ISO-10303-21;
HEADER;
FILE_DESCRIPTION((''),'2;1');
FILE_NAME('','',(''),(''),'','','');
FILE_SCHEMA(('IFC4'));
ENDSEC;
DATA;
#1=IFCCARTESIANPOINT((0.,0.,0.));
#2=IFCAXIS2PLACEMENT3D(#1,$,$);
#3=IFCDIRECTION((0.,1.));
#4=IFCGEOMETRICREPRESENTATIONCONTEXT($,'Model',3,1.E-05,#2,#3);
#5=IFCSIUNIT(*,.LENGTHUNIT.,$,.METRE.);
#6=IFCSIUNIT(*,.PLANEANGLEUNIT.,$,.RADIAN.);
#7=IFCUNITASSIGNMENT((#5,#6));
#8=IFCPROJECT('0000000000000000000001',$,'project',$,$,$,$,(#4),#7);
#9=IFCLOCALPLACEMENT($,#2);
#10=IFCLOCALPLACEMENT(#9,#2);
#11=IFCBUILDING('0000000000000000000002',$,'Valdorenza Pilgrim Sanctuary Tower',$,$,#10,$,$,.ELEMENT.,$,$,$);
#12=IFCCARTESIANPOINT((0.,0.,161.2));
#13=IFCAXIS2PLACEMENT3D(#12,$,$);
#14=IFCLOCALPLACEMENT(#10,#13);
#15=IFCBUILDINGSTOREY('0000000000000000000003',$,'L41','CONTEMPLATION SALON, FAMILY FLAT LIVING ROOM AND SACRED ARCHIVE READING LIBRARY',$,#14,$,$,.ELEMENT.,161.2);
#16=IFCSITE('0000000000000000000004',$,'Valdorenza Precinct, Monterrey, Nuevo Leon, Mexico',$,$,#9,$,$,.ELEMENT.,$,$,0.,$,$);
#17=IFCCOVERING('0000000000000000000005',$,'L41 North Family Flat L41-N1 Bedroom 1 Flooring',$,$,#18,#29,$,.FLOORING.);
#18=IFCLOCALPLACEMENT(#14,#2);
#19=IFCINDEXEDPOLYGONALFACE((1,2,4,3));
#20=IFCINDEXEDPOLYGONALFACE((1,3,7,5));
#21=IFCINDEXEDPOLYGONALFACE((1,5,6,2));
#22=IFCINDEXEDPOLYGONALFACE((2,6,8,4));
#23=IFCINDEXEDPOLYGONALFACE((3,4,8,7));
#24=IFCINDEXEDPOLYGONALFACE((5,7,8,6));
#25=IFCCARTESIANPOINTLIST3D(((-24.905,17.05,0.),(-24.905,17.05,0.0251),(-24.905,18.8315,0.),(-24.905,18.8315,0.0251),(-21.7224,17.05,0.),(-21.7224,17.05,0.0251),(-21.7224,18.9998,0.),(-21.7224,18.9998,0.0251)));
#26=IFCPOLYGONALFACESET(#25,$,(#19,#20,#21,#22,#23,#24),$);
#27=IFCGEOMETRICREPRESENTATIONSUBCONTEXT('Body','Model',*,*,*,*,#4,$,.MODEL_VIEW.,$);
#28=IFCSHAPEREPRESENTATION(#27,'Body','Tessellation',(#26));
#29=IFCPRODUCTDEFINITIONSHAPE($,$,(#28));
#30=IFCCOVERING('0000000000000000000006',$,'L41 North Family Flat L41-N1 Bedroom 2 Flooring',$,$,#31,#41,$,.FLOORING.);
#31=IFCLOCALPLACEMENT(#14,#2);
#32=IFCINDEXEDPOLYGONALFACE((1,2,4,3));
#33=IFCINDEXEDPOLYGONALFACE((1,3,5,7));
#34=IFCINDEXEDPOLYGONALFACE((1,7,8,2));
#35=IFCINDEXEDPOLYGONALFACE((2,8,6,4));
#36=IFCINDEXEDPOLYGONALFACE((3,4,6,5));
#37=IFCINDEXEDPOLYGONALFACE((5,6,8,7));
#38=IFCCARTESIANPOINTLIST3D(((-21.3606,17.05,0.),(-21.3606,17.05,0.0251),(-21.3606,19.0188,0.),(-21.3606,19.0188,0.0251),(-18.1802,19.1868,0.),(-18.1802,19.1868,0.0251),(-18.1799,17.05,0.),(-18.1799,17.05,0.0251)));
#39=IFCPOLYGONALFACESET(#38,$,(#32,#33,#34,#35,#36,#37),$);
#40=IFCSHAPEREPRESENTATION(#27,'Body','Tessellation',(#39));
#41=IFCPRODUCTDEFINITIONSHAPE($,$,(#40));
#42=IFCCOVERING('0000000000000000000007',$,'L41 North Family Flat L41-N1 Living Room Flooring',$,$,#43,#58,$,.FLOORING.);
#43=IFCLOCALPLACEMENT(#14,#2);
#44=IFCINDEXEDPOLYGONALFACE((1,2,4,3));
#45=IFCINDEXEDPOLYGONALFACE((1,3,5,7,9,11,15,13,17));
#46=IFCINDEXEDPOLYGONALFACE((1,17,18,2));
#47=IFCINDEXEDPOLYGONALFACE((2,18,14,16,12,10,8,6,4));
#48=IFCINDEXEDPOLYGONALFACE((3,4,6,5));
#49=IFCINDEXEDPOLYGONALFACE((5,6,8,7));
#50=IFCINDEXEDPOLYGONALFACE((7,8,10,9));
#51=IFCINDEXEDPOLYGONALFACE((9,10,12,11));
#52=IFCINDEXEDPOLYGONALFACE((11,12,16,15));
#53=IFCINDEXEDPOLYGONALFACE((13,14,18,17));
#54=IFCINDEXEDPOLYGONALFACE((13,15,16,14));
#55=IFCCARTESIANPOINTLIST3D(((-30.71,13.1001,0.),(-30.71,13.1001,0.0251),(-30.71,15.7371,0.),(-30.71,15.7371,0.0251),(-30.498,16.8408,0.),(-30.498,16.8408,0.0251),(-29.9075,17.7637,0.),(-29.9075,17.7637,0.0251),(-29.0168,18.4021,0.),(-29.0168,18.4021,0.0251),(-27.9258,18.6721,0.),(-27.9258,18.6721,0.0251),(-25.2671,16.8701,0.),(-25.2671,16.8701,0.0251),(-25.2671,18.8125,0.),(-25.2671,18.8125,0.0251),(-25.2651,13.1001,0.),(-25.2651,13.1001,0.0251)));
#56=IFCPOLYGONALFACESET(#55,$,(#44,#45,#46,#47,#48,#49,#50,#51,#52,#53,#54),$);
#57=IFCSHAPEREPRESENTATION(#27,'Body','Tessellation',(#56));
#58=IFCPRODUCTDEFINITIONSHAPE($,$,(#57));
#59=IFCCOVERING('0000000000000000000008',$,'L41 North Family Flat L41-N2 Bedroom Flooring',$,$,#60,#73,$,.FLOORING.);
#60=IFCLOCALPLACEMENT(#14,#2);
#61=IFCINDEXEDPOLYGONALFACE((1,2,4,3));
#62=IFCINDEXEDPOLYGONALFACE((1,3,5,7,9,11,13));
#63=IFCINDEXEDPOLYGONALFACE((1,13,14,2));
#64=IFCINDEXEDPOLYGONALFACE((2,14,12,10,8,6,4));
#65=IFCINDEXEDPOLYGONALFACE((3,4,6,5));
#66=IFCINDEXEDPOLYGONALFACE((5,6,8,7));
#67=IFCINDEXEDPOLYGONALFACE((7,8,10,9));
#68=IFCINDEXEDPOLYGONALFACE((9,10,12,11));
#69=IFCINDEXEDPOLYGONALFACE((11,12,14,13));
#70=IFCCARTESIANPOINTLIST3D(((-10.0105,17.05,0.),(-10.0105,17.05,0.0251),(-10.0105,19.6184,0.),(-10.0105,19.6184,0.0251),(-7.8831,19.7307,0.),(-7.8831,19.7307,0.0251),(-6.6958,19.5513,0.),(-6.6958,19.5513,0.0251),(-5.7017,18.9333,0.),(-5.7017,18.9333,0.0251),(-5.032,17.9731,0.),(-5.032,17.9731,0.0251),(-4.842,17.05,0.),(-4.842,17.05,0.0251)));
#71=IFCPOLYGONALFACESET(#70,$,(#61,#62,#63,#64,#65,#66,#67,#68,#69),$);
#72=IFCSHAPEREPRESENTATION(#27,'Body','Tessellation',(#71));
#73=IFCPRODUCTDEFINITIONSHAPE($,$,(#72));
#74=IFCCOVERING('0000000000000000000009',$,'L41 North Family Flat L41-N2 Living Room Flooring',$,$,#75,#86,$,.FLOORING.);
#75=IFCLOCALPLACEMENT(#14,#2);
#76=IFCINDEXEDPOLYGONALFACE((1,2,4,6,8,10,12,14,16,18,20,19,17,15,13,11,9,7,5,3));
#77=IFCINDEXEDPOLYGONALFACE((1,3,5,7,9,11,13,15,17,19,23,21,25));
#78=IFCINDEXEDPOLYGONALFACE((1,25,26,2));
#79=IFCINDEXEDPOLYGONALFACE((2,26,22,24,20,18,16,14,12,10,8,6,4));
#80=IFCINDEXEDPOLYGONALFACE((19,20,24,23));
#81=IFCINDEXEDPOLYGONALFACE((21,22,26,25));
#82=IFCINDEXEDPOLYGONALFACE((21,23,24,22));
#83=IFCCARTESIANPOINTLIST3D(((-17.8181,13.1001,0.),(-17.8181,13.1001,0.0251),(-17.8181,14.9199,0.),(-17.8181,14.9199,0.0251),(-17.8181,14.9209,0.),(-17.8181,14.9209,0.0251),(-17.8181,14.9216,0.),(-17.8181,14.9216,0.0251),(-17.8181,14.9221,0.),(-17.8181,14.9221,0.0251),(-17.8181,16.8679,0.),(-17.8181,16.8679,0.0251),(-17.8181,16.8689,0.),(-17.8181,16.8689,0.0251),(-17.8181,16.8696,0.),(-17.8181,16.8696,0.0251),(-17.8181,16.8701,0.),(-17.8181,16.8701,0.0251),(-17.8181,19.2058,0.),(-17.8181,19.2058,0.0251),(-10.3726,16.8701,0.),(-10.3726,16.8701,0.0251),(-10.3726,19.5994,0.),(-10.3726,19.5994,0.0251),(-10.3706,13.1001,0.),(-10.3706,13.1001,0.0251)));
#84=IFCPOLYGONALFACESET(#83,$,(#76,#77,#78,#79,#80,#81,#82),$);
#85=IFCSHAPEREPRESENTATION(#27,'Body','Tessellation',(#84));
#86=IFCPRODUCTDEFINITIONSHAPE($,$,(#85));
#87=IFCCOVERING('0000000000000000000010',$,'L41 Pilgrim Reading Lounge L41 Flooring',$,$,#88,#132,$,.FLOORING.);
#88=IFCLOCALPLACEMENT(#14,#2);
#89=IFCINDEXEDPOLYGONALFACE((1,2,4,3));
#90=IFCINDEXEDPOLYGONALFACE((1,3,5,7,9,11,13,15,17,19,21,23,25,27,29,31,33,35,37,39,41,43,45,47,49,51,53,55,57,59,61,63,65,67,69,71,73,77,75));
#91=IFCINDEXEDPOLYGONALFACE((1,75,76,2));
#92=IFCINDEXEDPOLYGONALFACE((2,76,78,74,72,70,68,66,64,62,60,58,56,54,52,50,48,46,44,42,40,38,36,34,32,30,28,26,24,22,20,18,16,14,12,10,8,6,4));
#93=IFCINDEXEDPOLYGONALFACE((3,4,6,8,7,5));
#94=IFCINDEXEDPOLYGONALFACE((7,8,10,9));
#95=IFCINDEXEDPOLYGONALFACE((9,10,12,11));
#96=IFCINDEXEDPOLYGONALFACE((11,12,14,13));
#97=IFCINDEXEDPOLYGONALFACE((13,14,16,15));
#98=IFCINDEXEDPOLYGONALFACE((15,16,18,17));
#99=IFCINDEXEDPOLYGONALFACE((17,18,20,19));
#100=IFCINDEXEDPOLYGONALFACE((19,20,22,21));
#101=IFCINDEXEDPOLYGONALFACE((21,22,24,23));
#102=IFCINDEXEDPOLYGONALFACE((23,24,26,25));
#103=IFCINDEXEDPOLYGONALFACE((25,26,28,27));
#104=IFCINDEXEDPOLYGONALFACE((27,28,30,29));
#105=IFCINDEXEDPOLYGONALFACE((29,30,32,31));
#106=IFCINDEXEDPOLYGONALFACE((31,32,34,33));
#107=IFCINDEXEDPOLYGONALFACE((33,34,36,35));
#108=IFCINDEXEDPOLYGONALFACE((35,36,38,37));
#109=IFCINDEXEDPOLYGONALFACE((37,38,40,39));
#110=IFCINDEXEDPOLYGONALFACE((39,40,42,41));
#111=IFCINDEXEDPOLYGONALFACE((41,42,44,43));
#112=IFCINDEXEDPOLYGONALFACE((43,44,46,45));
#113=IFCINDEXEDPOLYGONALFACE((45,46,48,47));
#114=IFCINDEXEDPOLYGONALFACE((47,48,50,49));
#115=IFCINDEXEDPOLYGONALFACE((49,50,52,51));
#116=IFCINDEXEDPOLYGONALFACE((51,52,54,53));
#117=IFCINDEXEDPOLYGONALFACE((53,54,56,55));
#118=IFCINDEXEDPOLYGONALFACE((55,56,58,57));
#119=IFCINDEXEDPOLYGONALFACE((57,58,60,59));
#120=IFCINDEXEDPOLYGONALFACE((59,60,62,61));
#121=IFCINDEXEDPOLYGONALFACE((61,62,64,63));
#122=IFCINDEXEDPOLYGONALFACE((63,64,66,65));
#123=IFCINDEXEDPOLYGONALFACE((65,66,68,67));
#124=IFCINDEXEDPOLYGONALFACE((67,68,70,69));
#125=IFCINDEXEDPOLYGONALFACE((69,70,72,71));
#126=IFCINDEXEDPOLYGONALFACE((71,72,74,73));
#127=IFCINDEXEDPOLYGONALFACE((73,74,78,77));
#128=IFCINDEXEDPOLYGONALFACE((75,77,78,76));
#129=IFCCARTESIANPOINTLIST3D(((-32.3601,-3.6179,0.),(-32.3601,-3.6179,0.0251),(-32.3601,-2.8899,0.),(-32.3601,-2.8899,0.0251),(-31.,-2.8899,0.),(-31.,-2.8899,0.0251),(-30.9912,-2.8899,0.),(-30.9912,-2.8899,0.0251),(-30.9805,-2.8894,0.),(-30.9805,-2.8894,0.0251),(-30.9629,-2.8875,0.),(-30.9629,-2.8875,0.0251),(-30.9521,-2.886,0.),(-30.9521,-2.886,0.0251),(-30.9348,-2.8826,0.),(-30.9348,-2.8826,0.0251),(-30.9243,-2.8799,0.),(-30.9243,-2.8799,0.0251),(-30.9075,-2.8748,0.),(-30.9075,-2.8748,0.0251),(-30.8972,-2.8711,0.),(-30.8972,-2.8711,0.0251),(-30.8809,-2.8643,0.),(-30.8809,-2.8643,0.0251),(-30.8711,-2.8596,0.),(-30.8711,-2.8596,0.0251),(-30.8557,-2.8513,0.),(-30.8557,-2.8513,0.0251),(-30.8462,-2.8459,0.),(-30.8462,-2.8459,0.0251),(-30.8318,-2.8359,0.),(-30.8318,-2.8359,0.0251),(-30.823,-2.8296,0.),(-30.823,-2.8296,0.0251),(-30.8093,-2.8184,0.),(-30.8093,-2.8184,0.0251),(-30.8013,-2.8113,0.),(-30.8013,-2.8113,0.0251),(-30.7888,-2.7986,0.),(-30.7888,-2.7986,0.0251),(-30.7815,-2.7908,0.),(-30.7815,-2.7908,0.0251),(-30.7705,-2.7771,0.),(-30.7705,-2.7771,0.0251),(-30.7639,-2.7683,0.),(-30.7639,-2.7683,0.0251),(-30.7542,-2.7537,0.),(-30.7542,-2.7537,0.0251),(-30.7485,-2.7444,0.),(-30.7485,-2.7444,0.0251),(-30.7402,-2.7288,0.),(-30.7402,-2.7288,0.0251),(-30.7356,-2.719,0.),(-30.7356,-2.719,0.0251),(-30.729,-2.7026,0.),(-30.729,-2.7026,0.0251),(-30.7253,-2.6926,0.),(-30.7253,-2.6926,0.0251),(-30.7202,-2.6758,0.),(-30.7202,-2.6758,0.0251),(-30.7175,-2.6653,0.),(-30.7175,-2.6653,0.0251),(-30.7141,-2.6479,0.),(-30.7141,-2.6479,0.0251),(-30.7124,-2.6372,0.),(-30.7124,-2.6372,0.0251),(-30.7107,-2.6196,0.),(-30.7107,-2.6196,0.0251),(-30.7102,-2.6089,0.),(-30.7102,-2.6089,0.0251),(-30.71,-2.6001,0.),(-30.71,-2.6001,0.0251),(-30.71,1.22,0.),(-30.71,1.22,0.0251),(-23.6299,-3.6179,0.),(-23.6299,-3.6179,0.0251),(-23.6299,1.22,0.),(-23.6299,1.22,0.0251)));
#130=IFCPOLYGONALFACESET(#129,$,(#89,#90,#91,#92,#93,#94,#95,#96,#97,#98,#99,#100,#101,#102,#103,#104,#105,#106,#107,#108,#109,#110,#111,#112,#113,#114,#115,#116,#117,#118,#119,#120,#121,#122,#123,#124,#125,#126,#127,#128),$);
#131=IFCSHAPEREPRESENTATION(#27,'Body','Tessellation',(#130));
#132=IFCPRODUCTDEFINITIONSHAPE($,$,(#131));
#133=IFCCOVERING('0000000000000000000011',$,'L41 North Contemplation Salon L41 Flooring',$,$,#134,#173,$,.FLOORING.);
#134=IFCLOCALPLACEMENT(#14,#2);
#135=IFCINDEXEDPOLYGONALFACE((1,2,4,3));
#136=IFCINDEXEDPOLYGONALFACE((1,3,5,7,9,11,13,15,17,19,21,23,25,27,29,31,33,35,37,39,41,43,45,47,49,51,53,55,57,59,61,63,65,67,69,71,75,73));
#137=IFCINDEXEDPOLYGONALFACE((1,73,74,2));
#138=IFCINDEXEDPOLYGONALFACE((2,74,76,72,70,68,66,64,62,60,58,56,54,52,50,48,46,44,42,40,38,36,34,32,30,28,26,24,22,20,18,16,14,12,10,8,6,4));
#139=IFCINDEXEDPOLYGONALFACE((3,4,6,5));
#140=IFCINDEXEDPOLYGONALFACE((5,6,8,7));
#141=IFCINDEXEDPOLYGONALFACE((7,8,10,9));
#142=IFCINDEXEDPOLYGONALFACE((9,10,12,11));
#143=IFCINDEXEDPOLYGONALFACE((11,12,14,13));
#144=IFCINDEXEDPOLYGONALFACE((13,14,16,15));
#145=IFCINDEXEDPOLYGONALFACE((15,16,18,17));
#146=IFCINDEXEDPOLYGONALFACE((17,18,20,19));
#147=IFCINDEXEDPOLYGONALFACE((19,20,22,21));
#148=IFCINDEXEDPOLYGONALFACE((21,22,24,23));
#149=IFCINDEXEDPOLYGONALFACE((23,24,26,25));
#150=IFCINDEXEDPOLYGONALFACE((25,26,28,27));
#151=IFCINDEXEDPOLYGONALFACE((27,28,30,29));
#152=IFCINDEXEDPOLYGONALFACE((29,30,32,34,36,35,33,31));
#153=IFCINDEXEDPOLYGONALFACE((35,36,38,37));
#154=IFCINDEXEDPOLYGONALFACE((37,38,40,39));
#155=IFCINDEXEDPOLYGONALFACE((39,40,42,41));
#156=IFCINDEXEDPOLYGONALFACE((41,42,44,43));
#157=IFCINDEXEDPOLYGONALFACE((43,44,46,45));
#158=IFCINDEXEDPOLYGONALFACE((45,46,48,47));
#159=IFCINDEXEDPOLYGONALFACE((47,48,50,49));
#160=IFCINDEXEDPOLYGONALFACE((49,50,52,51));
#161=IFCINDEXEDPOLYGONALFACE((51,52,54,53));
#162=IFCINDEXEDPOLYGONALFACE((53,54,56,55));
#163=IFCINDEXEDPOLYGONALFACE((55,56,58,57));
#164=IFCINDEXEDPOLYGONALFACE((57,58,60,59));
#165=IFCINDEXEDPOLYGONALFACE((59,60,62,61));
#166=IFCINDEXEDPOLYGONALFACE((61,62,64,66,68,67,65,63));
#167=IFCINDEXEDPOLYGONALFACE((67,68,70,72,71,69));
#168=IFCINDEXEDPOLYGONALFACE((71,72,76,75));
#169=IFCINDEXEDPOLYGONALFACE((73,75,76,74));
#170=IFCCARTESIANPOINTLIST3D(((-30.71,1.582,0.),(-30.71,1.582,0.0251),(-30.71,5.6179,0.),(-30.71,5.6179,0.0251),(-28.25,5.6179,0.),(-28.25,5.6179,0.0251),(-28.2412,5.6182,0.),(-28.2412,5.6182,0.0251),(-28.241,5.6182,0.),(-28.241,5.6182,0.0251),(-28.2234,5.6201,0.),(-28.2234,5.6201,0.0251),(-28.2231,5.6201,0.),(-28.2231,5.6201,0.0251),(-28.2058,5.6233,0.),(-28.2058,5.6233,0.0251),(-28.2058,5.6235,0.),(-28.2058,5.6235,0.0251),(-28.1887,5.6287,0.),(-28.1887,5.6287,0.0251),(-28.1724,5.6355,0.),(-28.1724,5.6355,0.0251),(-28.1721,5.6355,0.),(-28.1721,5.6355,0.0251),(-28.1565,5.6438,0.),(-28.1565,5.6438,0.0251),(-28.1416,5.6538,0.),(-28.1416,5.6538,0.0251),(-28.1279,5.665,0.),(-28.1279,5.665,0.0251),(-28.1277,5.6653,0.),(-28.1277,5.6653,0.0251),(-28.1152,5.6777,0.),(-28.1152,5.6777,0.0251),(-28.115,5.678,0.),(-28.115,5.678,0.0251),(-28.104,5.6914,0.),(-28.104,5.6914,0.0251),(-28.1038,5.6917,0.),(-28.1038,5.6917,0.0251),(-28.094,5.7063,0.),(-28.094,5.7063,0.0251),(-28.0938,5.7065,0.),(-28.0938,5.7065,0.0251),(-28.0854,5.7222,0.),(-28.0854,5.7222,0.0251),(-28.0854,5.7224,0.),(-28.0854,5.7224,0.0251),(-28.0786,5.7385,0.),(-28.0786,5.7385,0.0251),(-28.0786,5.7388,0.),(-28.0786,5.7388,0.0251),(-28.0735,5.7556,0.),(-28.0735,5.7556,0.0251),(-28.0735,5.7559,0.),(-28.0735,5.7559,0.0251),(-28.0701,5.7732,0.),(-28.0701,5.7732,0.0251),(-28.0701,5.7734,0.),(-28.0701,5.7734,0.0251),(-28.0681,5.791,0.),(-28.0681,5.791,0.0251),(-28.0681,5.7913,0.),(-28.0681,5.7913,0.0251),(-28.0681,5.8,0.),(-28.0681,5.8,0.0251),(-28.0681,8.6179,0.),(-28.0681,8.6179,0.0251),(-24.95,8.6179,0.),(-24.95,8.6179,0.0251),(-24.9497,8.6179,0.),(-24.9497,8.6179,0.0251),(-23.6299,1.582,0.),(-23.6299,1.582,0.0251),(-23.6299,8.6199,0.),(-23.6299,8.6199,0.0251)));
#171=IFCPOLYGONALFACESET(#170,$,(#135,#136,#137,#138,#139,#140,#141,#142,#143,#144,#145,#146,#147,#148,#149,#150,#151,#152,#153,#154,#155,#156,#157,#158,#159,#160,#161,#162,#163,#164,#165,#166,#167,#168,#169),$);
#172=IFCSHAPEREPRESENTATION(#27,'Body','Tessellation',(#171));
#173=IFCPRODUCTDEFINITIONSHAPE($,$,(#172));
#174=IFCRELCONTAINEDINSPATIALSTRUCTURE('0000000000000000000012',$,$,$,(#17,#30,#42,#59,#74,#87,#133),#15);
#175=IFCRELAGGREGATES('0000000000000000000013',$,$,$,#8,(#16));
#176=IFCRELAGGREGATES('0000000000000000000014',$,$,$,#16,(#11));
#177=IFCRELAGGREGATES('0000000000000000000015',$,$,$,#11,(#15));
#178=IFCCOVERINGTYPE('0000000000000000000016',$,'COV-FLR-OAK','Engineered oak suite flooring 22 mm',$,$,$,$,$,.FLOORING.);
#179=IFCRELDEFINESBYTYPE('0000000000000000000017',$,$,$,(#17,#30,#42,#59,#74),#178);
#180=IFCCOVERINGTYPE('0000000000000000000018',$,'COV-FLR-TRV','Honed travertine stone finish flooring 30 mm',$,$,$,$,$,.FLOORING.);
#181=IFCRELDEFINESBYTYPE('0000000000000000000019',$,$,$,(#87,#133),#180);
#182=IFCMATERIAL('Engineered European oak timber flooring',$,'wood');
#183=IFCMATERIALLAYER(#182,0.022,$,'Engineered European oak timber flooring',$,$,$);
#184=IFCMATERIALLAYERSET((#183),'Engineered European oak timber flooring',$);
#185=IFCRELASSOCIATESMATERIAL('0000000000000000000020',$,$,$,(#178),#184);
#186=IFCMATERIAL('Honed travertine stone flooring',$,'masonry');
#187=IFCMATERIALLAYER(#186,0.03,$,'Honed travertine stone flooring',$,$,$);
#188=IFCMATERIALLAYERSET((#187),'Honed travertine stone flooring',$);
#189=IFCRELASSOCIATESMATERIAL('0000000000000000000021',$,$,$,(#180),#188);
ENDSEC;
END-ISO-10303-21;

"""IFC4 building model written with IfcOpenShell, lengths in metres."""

from ifc_helpers import new_model, si_unit, direction, frame, origin, place, context, subcontext, project, spatial, polyline, outline, extrude, material, layer, layer_set, type_object, element, save


model = new_model("IFC4")

# Units and contexts
model_context = context("Model", 3, precision=1e-05, world=origin(), true_north=direction((0.0, 1.0)))
body_context = subcontext(model_context, "Body", "Model", "MODEL_VIEW")
ifc_project = project(units=[si_unit("LENGTHUNIT", "METRE"), si_unit("PLANEANGLEUNIT", "RADIAN")], contexts=[model_context])

# Site, building, storey
site_placement = place(None, origin())
site = spatial("IfcSite", under=ifc_project, at=site_placement, Name="Valdorenza Precinct, Monterrey, Nuevo Leon, Mexico", CompositionType="ELEMENT", RefElevation=0.0)
building_placement = place(site_placement, origin())
building = spatial("IfcBuilding", under=site, at=building_placement, Name="Valdorenza Pilgrim Sanctuary Tower", CompositionType="ELEMENT")
storey_placement = place(building_placement, frame((0.0, 0.0, 161.2)))
storey = spatial("IfcBuildingStorey", under=building, at=storey_placement, Name="L41", Description="CONTEMPLATION SALON, FAMILY FLAT LIVING ROOM AND SACRED ARCHIVE READING LIBRARY", CompositionType="ELEMENT", Elevation=161.2)

# Coverings
ifc_material_1 = material(Name="Engineered European oak timber flooring", Category="wood")
ifc_layer_1 = layer(ifc_material_1, 0.022, Name="Engineered European oak timber flooring")
ifc_layer_set_1 = layer_set([ifc_layer_1], Name="Engineered European oak timber flooring")
covering_type_1 = type_object("IfcCoveringType", Name="COV-FLR-OAK", Description="Engineered oak suite flooring 22 mm", PredefinedType="FLOORING", material=ifc_layer_set_1)
covering_1_placement = place(storey_placement, origin())
element("IfcCovering", 1, at=covering_1_placement, inside=storey, type_object=covering_type_1, Name="L41 North Family Flat L41-N1 Bedroom 1 Flooring", PredefinedType="FLOORING", context=body_context, shape_type="SweptSolid", body=[
    extrude(outline(polyline([(-24.905, 17.05), (-24.905, 18.8315), (-21.7224, 18.9998), (-21.7224, 17.05), (-24.905, 17.05)])), origin(), (0.0, 0.0, 1.0), 0.0251),
])
covering_2_placement = place(storey_placement, origin())
element("IfcCovering", 2, at=covering_2_placement, inside=storey, type_object=covering_type_1, Name="L41 North Family Flat L41-N1 Bedroom 2 Flooring", PredefinedType="FLOORING", context=body_context, shape_type="SweptSolid", body=[
    extrude(outline(polyline([(-18.1799, 17.05), (-21.3606, 17.05), (-21.3606, 19.0188), (-18.1802, 19.1868), (-18.1799, 17.05)])), origin(), (0.0, 0.0, 1.0), 0.0251),
])
covering_3_placement = place(storey_placement, origin())
element("IfcCovering", 3, at=covering_3_placement, inside=storey, type_object=covering_type_1, Name="L41 North Family Flat L41-N1 Living Room Flooring", PredefinedType="FLOORING", context=body_context, shape_type="SweptSolid", body=[
    extrude(outline(polyline([(-30.71, 13.1001), (-30.71, 15.7371), (-30.498, 16.8408), (-29.9075, 17.7637), (-29.0168, 18.4021), (-27.9258, 18.6721), (-25.2671, 18.8125), (-25.2671, 16.8701), (-25.2651, 13.1001), (-30.71, 13.1001)])), origin(), (0.0, 0.0, 1.0), 0.0251),
])
covering_4_placement = place(storey_placement, origin())
element("IfcCovering", 4, at=covering_4_placement, inside=storey, type_object=covering_type_1, Name="L41 North Family Flat L41-N2 Bedroom Flooring", PredefinedType="FLOORING", context=body_context, shape_type="SweptSolid", body=[
    extrude(outline(polyline([(-10.0105, 19.6184), (-7.8831, 19.7307), (-6.6958, 19.5513), (-5.7017, 18.9333), (-5.032, 17.9731), (-4.842, 17.05), (-10.0105, 17.05), (-10.0105, 19.6184)])), origin(), (0.0, 0.0, 1.0), 0.0251),
])
covering_5_placement = place(storey_placement, origin())
element("IfcCovering", 5, at=covering_5_placement, inside=storey, type_object=covering_type_1, Name="L41 North Family Flat L41-N2 Living Room Flooring", PredefinedType="FLOORING", context=body_context, shape_type="SweptSolid", body=[
    extrude(outline(polyline([(-17.8181, 14.9216), (-17.8181, 14.9221), (-17.8181, 16.8679), (-17.8181, 16.8689), (-17.8181, 16.8696), (-17.8181, 16.8701), (-17.8181, 19.2058), (-10.3726, 19.5994), (-10.3726, 16.8701), (-10.3706, 13.1001), (-17.8181, 13.1001), (-17.8181, 14.9199), (-17.8181, 14.9209), (-17.8181, 14.9216)])), origin(), (0.0, 0.0, 1.0), 0.0251),
])
ifc_material_2 = material(Name="Honed travertine stone flooring", Category="masonry")
ifc_layer_2 = layer(ifc_material_2, 0.03, Name="Honed travertine stone flooring")
ifc_layer_set_2 = layer_set([ifc_layer_2], Name="Honed travertine stone flooring")
covering_type_2 = type_object("IfcCoveringType", Name="COV-FLR-TRV", Description="Honed travertine stone finish flooring 30 mm", PredefinedType="FLOORING", material=ifc_layer_set_2)
covering_6_placement = place(storey_placement, origin())
element("IfcCovering", 6, at=covering_6_placement, inside=storey, type_object=covering_type_2, Name="L41 Pilgrim Reading Lounge L41 Flooring", PredefinedType="FLOORING", context=body_context, shape_type="SweptSolid", body=[
    extrude(outline(polyline([(-23.6299, -3.6179), (-32.3601, -3.6179), (-32.3601, -2.8899), (-31.0, -2.8899), (-30.9912, -2.8899), (-30.9805, -2.8894), (-30.9629, -2.8875), (-30.9521, -2.886), (-30.9348, -2.8826), (-30.9243, -2.8799), (-30.9075, -2.8748), (-30.8972, -2.8711), (-30.8809, -2.8643), (-30.8711, -2.8596), (-30.8557, -2.8513), (-30.8462, -2.8459), (-30.8318, -2.8359), (-30.823, -2.8296), (-30.8093, -2.8184), (-30.8013, -2.8113), (-30.7888, -2.7986), (-30.7815, -2.7908), (-30.7705, -2.7771), (-30.7639, -2.7683), (-30.7542, -2.7537), (-30.7485, -2.7444), (-30.7402, -2.7288), (-30.7356, -2.719), (-30.729, -2.7026), (-30.7253, -2.6926), (-30.7202, -2.6758), (-30.7175, -2.6653), (-30.7141, -2.6479), (-30.7124, -2.6372), (-30.7107, -2.6196), (-30.7102, -2.6089), (-30.71, -2.6001), (-30.71, 1.22), (-23.6299, 1.22), (-23.6299, -3.6179)])), origin(), (0.0, 0.0, 1.0), 0.0251),
])
covering_7_placement = place(storey_placement, origin())
element("IfcCovering", 7, at=covering_7_placement, inside=storey, type_object=covering_type_2, Name="L41 North Contemplation Salon L41 Flooring", PredefinedType="FLOORING", context=body_context, shape_type="SweptSolid", body=[
    extrude(outline(polyline([(-23.6299, 8.6199), (-23.6299, 1.582), (-30.71, 1.582), (-30.71, 5.6179), (-28.25, 5.6179), (-28.2412, 5.6182), (-28.241, 5.6182), (-28.2234, 5.6201), (-28.2231, 5.6201), (-28.2058, 5.6233), (-28.2058, 5.6235), (-28.1887, 5.6287), (-28.1887, 5.6287), (-28.1724, 5.6355), (-28.1721, 5.6355), (-28.1565, 5.6438), (-28.1565, 5.6438), (-28.1416, 5.6538), (-28.1416, 5.6538), (-28.1279, 5.665), (-28.1277, 5.6653), (-28.1152, 5.6777), (-28.115, 5.678), (-28.104, 5.6914), (-28.1038, 5.6917), (-28.094, 5.7063), (-28.0938, 5.7065), (-28.0854, 5.7222), (-28.0854, 5.7224), (-28.0786, 5.7385), (-28.0786, 5.7388), (-28.0735, 5.7556), (-28.0735, 5.7559), (-28.0701, 5.7732), (-28.0701, 5.7734), (-28.0681, 5.791), (-28.0681, 5.7913), (-28.0681, 5.8), (-28.0681, 8.6179), (-24.95, 8.6179), (-24.9497, 8.6179), (-23.6299, 8.6199)])), origin(), (0.0, 0.0, 1.0), 0.0251),
])

save(model, "model.ifc")
